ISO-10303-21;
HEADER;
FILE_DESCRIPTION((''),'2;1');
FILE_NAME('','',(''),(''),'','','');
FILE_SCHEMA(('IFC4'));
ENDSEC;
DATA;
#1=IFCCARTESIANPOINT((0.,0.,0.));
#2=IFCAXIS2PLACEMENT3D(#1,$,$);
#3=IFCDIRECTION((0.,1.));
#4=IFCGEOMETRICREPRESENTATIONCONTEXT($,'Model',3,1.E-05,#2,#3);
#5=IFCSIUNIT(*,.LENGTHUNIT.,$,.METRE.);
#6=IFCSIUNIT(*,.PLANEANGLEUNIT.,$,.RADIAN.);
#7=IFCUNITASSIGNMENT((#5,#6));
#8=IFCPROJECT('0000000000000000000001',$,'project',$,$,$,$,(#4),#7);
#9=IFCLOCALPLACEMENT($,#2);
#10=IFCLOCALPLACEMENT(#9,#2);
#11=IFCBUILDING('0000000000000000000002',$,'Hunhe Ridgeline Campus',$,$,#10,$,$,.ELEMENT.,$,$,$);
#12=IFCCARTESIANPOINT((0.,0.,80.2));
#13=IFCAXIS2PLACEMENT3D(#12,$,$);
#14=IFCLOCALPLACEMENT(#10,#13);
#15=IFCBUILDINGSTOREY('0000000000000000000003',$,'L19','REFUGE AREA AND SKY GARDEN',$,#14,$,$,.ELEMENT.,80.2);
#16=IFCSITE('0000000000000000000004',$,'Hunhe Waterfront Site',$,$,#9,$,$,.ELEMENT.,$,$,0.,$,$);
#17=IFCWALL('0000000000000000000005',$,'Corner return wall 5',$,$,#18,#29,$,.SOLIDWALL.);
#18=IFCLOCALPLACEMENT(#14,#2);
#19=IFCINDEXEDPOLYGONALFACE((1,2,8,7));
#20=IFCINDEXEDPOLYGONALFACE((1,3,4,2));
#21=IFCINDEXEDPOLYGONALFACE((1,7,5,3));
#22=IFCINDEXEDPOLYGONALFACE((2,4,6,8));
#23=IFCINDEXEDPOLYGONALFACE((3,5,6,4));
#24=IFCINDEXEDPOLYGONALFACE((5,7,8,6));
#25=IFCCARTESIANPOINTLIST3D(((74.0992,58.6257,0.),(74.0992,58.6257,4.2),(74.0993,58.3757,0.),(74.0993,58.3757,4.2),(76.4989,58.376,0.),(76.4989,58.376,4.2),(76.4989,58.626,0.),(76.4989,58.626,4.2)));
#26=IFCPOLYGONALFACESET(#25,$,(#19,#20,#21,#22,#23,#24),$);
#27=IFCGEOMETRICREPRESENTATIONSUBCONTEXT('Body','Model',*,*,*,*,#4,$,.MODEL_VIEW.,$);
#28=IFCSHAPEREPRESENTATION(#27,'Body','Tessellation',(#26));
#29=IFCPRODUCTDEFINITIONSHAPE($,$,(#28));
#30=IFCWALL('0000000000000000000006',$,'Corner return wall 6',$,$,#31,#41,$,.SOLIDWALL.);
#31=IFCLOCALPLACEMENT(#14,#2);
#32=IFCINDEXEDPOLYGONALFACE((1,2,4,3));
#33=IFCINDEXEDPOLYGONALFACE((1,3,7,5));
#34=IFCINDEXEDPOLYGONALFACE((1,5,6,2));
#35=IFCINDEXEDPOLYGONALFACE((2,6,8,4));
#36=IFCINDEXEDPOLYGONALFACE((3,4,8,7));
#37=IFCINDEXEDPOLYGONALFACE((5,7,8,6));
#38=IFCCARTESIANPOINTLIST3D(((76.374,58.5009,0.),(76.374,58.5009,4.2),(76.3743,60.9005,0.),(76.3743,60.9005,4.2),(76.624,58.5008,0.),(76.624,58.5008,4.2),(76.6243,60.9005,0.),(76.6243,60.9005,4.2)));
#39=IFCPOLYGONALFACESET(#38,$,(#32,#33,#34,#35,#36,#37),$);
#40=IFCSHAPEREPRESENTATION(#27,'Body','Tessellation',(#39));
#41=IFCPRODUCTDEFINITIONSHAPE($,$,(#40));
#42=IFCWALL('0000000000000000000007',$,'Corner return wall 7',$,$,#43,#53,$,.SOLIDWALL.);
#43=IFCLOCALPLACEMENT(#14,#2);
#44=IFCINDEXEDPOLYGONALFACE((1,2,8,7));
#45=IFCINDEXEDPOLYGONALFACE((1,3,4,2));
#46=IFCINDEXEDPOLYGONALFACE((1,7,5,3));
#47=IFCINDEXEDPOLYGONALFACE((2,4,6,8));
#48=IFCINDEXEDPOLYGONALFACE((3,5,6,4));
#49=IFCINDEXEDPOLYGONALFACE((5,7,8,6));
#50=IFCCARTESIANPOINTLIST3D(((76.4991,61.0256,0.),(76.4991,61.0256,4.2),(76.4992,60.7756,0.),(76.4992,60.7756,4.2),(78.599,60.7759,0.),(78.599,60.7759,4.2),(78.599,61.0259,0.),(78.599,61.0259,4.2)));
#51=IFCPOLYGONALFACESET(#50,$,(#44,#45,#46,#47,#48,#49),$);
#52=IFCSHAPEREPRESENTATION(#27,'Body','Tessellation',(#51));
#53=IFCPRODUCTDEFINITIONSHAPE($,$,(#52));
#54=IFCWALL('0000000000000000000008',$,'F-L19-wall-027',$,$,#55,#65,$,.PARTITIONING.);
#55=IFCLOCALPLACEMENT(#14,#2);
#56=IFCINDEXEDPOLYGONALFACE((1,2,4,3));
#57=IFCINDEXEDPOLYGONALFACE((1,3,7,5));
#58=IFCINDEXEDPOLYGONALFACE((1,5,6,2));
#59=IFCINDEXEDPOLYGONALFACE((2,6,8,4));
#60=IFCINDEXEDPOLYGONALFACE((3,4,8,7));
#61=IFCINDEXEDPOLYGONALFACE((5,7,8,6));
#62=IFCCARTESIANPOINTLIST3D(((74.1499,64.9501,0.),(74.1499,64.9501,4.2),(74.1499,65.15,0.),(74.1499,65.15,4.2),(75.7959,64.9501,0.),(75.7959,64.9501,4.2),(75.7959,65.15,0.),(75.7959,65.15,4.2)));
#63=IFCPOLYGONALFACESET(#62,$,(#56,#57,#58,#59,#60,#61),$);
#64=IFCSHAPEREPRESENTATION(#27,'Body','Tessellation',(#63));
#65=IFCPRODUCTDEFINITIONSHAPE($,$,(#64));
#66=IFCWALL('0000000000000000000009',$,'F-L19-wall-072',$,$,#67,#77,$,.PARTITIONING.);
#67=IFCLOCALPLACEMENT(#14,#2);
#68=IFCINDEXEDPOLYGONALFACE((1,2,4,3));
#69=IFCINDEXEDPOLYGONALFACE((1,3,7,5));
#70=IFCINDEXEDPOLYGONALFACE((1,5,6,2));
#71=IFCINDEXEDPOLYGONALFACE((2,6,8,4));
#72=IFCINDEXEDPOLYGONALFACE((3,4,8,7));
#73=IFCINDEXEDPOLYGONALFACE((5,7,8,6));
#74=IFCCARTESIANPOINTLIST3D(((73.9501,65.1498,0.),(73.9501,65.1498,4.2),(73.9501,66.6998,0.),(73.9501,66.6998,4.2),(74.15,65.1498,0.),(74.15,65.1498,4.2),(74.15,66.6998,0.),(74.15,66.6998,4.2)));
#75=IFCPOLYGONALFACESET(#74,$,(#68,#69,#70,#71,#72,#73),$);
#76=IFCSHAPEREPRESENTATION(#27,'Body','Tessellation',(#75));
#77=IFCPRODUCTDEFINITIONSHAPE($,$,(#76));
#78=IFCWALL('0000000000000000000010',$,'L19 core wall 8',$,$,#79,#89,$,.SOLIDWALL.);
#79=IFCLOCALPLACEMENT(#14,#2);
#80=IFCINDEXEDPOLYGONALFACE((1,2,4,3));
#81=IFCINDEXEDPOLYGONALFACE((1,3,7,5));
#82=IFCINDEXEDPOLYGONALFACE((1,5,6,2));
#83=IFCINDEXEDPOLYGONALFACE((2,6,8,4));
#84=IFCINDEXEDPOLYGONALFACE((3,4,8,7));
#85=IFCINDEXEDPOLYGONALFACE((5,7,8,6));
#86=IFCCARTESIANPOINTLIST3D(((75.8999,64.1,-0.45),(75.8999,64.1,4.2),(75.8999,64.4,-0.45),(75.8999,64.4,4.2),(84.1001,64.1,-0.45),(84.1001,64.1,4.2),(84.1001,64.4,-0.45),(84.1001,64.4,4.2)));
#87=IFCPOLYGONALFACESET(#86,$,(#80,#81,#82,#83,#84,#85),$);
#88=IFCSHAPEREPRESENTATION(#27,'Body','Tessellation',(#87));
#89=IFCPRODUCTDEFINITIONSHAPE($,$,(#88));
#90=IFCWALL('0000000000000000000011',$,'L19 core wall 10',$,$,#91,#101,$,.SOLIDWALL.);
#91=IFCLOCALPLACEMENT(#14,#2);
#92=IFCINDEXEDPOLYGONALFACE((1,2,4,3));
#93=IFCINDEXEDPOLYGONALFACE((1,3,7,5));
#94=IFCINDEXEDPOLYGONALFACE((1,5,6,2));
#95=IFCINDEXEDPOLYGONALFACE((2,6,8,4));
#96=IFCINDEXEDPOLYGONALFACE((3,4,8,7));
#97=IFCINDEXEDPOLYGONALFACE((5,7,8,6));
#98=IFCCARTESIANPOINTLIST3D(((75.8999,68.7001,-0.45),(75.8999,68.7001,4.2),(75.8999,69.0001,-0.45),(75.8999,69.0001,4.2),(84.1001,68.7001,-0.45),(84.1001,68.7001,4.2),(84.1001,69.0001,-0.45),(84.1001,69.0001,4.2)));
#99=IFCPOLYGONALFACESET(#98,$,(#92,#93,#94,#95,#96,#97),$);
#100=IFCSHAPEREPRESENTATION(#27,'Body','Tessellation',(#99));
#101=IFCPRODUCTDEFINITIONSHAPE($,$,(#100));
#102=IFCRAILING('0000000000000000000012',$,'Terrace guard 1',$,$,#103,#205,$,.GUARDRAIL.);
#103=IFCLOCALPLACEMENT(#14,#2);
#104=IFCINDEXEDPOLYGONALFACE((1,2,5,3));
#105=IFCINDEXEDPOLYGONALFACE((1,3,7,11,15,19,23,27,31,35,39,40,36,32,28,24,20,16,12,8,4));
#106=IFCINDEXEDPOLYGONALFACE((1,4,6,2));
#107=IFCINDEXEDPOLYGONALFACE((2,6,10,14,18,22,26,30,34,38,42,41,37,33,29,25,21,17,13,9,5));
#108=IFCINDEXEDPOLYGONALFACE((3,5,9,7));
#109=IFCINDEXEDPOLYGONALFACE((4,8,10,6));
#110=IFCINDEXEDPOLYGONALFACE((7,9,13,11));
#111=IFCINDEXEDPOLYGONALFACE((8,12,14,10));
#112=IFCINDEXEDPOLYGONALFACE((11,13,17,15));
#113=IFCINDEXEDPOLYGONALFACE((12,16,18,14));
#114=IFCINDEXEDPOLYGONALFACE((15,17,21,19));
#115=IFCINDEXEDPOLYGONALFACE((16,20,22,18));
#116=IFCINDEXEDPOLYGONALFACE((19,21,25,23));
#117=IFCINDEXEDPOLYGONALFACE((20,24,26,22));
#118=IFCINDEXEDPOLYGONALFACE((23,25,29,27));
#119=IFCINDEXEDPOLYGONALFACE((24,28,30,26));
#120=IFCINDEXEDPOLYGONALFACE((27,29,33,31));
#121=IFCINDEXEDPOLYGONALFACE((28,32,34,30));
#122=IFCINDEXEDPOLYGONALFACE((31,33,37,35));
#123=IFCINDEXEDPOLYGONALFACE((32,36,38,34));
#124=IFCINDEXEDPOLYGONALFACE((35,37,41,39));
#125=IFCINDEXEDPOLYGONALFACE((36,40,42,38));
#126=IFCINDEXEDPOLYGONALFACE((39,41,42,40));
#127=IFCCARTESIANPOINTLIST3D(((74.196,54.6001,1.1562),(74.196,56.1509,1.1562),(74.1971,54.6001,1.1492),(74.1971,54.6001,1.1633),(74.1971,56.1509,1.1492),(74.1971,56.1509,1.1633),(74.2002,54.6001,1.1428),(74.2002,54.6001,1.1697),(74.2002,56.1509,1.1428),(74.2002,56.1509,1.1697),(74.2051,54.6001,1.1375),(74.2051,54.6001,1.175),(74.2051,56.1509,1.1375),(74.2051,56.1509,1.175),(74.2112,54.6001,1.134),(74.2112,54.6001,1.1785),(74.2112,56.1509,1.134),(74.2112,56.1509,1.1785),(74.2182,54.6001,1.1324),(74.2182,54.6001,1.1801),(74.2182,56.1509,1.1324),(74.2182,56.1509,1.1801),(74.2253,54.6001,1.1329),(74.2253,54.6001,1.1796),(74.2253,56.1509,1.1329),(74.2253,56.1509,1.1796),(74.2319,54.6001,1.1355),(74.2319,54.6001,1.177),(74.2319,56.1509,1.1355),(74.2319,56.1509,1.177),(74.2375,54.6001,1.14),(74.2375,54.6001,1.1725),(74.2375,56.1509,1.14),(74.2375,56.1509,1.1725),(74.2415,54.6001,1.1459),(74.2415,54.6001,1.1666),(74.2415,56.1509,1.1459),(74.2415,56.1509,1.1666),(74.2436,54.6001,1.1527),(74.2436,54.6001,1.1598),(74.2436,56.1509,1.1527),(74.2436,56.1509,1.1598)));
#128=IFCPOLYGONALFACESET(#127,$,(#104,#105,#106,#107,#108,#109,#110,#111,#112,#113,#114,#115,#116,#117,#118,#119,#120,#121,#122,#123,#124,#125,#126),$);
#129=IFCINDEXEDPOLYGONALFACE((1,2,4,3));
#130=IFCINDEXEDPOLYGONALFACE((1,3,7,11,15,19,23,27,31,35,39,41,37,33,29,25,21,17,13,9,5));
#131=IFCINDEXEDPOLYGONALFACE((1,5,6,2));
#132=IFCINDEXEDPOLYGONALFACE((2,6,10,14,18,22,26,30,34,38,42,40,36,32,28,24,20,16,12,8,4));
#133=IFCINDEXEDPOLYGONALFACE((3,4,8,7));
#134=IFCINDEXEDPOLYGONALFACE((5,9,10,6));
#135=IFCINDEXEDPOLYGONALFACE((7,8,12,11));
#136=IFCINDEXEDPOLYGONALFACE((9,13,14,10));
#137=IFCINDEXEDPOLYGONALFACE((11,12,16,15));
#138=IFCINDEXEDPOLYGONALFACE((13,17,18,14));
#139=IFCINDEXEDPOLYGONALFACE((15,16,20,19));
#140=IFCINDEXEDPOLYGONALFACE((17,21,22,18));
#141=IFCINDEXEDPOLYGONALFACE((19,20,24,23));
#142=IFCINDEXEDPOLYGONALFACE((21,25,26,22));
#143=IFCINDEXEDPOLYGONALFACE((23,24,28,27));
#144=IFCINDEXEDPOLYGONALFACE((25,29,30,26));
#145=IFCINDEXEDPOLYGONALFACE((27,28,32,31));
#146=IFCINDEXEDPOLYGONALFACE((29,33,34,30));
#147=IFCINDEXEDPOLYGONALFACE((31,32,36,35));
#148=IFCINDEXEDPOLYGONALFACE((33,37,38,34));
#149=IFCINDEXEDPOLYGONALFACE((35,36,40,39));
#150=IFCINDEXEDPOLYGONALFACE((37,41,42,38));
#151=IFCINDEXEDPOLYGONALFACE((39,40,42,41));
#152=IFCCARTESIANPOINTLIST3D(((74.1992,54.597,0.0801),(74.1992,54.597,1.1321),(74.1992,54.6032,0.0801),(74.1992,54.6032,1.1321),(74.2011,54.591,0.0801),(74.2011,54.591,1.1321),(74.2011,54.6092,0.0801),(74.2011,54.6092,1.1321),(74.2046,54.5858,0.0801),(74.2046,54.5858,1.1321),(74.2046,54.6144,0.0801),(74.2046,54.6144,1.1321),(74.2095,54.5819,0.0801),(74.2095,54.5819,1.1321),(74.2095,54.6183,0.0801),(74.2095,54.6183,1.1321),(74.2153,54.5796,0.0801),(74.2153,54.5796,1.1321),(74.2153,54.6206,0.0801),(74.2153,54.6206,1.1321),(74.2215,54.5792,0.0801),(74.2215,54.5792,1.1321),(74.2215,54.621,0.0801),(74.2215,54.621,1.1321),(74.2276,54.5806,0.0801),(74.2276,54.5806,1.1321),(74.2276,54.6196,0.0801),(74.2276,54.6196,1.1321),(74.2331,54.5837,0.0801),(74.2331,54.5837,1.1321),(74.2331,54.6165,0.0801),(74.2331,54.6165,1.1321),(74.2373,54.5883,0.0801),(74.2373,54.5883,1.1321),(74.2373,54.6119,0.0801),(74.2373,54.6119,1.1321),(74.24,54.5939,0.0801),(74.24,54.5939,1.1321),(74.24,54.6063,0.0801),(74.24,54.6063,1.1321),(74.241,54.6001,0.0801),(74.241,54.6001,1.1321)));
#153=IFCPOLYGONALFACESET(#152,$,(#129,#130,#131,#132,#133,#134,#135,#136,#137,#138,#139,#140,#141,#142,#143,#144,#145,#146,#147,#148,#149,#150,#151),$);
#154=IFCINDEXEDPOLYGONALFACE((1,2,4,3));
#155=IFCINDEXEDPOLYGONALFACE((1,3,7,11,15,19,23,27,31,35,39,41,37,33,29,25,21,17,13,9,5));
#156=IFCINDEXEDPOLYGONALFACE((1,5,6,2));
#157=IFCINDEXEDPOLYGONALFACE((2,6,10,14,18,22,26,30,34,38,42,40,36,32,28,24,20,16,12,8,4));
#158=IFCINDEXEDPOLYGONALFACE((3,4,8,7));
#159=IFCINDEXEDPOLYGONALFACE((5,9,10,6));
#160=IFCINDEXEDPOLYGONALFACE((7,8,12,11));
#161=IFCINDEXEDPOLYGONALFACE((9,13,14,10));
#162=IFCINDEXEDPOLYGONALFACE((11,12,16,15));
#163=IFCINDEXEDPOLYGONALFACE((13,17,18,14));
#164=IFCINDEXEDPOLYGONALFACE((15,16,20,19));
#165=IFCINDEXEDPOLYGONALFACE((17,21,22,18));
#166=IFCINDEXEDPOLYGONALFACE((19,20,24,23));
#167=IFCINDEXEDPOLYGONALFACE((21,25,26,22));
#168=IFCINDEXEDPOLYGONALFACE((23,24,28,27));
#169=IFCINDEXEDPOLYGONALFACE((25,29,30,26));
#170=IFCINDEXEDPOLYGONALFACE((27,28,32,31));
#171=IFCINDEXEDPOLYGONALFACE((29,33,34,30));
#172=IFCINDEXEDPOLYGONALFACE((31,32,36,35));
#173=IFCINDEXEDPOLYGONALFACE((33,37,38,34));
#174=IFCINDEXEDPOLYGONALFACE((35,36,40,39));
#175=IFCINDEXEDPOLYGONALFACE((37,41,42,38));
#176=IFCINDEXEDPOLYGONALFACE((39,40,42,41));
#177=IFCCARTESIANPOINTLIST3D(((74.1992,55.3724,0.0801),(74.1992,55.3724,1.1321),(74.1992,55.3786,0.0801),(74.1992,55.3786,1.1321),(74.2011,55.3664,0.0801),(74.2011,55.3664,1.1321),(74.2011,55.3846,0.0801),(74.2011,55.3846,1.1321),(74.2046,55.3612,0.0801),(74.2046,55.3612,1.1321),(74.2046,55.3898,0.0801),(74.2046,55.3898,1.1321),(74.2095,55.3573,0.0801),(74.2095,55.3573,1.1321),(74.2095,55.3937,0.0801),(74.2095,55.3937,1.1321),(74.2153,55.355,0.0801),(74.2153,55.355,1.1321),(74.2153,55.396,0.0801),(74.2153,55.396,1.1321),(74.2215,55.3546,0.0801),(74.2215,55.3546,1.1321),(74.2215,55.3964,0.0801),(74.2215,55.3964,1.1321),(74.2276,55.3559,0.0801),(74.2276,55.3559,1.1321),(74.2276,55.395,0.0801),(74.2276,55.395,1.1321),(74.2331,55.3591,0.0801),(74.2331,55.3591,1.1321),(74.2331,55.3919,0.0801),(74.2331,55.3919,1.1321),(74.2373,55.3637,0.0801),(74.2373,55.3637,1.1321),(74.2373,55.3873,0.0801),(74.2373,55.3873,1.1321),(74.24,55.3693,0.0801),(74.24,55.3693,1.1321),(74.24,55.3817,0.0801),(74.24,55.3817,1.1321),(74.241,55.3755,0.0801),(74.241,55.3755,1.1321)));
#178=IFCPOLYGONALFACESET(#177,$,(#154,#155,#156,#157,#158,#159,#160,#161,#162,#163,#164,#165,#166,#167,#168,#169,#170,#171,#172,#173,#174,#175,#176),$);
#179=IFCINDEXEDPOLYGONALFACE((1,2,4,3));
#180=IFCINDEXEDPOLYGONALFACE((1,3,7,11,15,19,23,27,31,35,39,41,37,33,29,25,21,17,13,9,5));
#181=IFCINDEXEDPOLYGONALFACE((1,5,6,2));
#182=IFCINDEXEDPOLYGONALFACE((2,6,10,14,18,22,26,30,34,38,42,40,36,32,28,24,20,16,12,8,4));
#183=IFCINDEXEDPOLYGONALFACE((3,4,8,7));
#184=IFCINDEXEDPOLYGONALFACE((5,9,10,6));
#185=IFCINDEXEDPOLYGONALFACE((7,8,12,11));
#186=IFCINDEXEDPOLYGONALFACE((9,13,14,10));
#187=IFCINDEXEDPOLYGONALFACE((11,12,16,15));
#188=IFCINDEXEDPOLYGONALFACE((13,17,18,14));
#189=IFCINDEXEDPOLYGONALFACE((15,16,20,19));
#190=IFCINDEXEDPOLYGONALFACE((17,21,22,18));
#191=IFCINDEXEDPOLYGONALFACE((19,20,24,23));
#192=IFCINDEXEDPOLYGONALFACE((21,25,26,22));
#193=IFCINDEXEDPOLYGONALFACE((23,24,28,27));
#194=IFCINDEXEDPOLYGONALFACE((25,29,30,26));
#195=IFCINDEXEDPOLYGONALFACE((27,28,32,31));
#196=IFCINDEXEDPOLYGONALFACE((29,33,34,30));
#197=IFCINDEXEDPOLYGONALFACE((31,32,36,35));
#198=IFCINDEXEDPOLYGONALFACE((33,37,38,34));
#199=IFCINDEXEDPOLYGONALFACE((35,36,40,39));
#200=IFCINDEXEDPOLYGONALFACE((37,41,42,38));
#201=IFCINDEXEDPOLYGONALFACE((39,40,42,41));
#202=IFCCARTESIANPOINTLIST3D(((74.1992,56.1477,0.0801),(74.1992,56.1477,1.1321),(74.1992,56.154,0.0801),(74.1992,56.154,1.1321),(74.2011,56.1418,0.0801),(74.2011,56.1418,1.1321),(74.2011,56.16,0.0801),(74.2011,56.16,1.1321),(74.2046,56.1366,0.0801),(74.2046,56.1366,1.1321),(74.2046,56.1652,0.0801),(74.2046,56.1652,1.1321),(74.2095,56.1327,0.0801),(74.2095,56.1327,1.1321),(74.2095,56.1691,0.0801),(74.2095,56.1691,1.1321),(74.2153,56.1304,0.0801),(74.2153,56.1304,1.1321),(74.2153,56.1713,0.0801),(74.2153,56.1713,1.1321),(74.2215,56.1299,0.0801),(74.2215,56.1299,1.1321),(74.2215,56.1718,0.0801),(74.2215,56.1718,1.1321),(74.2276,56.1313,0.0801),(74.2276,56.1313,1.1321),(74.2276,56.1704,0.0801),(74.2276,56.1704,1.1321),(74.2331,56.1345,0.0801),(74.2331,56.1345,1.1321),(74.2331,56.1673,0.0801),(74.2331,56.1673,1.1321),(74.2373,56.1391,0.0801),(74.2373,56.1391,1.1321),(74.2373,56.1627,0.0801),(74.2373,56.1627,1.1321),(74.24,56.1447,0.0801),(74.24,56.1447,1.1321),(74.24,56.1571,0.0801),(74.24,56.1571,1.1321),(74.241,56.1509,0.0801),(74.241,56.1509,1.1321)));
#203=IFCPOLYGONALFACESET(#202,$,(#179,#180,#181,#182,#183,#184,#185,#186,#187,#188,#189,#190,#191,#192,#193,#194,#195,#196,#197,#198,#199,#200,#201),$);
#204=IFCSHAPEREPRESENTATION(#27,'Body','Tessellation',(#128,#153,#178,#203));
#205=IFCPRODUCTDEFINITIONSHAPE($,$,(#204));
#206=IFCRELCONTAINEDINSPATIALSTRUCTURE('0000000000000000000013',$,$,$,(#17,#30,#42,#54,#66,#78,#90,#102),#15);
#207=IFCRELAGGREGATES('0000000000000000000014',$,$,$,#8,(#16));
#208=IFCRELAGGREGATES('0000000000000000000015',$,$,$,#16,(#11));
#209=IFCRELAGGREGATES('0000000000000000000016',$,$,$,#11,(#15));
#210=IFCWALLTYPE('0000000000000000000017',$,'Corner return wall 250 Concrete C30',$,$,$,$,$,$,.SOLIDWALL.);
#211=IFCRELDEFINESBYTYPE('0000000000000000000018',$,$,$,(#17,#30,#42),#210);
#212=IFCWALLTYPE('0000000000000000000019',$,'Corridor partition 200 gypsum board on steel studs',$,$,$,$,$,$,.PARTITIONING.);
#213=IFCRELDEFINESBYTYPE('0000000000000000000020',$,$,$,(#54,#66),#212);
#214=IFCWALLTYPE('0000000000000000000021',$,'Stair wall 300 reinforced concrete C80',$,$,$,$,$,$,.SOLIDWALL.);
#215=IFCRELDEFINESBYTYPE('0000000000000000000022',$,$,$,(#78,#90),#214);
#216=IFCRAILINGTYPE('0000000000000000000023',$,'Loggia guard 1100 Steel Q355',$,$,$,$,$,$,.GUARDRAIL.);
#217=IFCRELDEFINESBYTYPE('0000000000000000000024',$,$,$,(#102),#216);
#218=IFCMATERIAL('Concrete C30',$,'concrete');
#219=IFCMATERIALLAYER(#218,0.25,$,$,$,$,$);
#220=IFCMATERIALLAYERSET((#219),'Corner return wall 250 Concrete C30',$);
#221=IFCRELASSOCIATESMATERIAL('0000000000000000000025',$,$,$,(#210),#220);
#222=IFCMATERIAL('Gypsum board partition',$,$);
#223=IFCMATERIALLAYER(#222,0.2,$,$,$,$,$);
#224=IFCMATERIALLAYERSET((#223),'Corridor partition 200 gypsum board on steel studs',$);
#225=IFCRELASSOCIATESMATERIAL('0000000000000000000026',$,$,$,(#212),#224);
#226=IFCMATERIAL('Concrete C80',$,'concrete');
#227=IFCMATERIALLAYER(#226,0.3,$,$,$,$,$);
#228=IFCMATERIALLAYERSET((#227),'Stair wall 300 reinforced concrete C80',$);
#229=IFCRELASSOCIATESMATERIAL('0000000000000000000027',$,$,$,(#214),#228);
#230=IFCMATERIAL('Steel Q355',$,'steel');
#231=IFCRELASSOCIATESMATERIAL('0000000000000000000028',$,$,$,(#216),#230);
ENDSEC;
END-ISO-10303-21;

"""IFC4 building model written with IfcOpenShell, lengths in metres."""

from ifc_helpers import new_model, si_unit, direction, frame, frame_2d, origin, origin_2d, place, context, subcontext, project, spatial, rectangle, circle, extrude, material, layer, layer_set, type_object, element, save


model = new_model("IFC4")

# Units and contexts
model_context = context("Model", 3, precision=1e-05, world=origin(), true_north=direction((0.0, 1.0)))
body_context = subcontext(model_context, "Body", "Model", "MODEL_VIEW")
ifc_project = project(units=[si_unit("LENGTHUNIT", "METRE"), si_unit("PLANEANGLEUNIT", "RADIAN")], contexts=[model_context])

# Site, building, storey
site_placement = place(None, origin())
site = spatial("IfcSite", under=ifc_project, at=site_placement, Name="Hunhe Waterfront Site", CompositionType="ELEMENT", RefElevation=0.0)
building_placement = place(site_placement, origin())
building = spatial("IfcBuilding", under=site, at=building_placement, Name="Hunhe Ridgeline Campus", CompositionType="ELEMENT")
storey_placement = place(building_placement, frame((0.0, 0.0, 80.2)))
storey = spatial("IfcBuildingStorey", under=building, at=storey_placement, Name="L19", Description="REFUGE AREA AND SKY GARDEN", CompositionType="ELEMENT", Elevation=80.2)

# Shared definitions
ifc_material_1 = material(Name="Concrete C80", Category="concrete")

# Walls
ifc_material_2 = material(Name="Concrete C30", Category="concrete")
ifc_layer_1 = layer(ifc_material_2, 0.25)
ifc_layer_set_1 = layer_set([ifc_layer_1], Name="Corner return wall 250 Concrete C30")
wall_type_1 = type_object("IfcWallType", Name="Corner return wall 250 Concrete C30", PredefinedType="SOLIDWALL", material=ifc_layer_set_1)
for number, where, z_axis, x_axis, name in (
    (1, (74.0994, 58.5007, 0.0), (0.0, 0.0, 1.0), (1.0, 0.000102, 0.0), "Corner return wall 5"),
    (2, (76.499, 58.501, 0.0), (0.0, 0.0, 1.0), (0.000102, 1.0, 0.0), "Corner return wall 6"),
):
    element("IfcWall", number, at=place(storey_placement, frame(where, z_axis=z_axis, x_axis=x_axis)), inside=storey, type_object=wall_type_1, Name=name, PredefinedType="SOLIDWALL", context=body_context, shape_type="SweptSolid", body=[
        extrude(rectangle(XDim=2.3997, YDim=0.25, at=frame_2d((1.1997, 0.0))), origin(), (0.0, 0.0, 1.0), 4.2),
    ])
wall_1_placement = place(storey_placement, frame((76.4993, 60.9006, 0.0), z_axis=(0.0, 0.0, 1.0), x_axis=(1.0, 0.000116, 0.0)))
element("IfcWall", 3, at=wall_1_placement, inside=storey, type_object=wall_type_1, Name="Corner return wall 7", PredefinedType="SOLIDWALL", context=body_context, shape_type="SweptSolid", body=[
    extrude(rectangle(XDim=2.0999, YDim=0.25, at=frame_2d((1.0498, 0.0))), origin(), (0.0, 0.0, 1.0), 4.2),
])
ifc_material_3 = material(Name="Gypsum board partition")
ifc_layer_2 = layer(ifc_material_3, 0.2)
ifc_layer_set_2 = layer_set([ifc_layer_2], Name="Corridor partition 200 gypsum board on steel studs")
wall_type_2 = type_object("IfcWallType", Name="Corridor partition 200 gypsum board on steel studs", PredefinedType="PARTITIONING", material=ifc_layer_set_2)
wall_2_placement = place(storey_placement, frame((75.7959, 65.05, 0.0), z_axis=(0.0, 0.0, 1.0), x_axis=(-1.0, 0.0, 0.0)))
element("IfcWall", 4, at=wall_2_placement, inside=storey, type_object=wall_type_2, Name="F-L19-wall-027", PredefinedType="PARTITIONING", context=body_context, shape_type="SweptSolid", body=[
    extrude(rectangle(XDim=1.646, YDim=0.2, at=frame_2d((0.823, 0.0))), origin(), (0.0, 0.0, 1.0), 4.2),
])

# Walls
wall_3_placement = place(storey_placement, frame((74.05, 65.1499, 0.0), z_axis=(0.0, 0.0, 1.0), x_axis=(0.0, 1.0, 0.0)))
element("IfcWall", 5, at=wall_3_placement, inside=storey, type_object=wall_type_2, Name="F-L19-wall-072", PredefinedType="PARTITIONING", context=body_context, shape_type="SweptSolid", body=[
    extrude(rectangle(XDim=1.55, YDim=0.2, at=frame_2d((0.7749, 0.0))), origin(), (0.0, 0.0, 1.0), 4.2),
])
ifc_layer_3 = layer(ifc_material_1, 0.3)
ifc_layer_set_3 = layer_set([ifc_layer_3], Name="Stair wall 300 reinforced concrete C80")
wall_type_3 = type_object("IfcWallType", Name="Stair wall 300 reinforced concrete C80", PredefinedType="SOLIDWALL", material=ifc_layer_set_3)
for number, where, z_axis, x_axis, name in (
    (6, (75.8999, 64.25, -0.45), (0.0, 0.0, 1.0), (1.0, 0.0, 0.0), "L19 core wall 8"),
    (7, (75.8999, 68.8501, -0.45), (0.0, 0.0, 1.0), (1.0, 0.0, 0.0), "L19 core wall 10"),
):
    element("IfcWall", number, at=place(storey_placement, frame(where, z_axis=z_axis, x_axis=x_axis)), inside=storey, type_object=wall_type_3, Name=name, PredefinedType="SOLIDWALL", context=body_context, shape_type="SweptSolid", body=[
        extrude(rectangle(XDim=8.2002, YDim=0.3, at=frame_2d((4.1001, 0.0))), origin(), (0.0, 0.0, 1.0), 4.6499),
    ])

# Railing
ifc_material_4 = material(Name="Steel Q355", Category="steel")
railing_type = type_object("IfcRailingType", Name="Loggia guard 1100 Steel Q355", PredefinedType="GUARDRAIL", material=ifc_material_4)
railing_placement = place(storey_placement, frame((74.22, 54.6001, 0.0801)))
element("IfcRailing", 8, at=railing_placement, inside=storey, type_object=railing_type, Name="Terrace guard 1", PredefinedType="GUARDRAIL", context=body_context, shape_type="SweptSolid", body=[
    extrude(circle(Radius=0.0239, at=origin_2d()), frame((0.0, 0.0, 1.0762), z_axis=(0.0, 1.0, 0.0), x_axis=(-1.0, 0.0, 0.0)), (0.0, 0.0, 1.0), 1.5508),
    extrude(circle(Radius=0.021, at=origin_2d()), origin(), (0.0, 0.0, 1.0), 1.052),
    extrude(circle(Radius=0.021, at=origin_2d()), frame((0.0, 0.7754, 0.0)), (0.0, 0.0, 1.0), 1.052),
    extrude(circle(Radius=0.021, at=origin_2d()), frame((0.0, 1.5508, 0.0)), (0.0, 0.0, 1.0), 1.052),
])

save(model, "model.ifc")
